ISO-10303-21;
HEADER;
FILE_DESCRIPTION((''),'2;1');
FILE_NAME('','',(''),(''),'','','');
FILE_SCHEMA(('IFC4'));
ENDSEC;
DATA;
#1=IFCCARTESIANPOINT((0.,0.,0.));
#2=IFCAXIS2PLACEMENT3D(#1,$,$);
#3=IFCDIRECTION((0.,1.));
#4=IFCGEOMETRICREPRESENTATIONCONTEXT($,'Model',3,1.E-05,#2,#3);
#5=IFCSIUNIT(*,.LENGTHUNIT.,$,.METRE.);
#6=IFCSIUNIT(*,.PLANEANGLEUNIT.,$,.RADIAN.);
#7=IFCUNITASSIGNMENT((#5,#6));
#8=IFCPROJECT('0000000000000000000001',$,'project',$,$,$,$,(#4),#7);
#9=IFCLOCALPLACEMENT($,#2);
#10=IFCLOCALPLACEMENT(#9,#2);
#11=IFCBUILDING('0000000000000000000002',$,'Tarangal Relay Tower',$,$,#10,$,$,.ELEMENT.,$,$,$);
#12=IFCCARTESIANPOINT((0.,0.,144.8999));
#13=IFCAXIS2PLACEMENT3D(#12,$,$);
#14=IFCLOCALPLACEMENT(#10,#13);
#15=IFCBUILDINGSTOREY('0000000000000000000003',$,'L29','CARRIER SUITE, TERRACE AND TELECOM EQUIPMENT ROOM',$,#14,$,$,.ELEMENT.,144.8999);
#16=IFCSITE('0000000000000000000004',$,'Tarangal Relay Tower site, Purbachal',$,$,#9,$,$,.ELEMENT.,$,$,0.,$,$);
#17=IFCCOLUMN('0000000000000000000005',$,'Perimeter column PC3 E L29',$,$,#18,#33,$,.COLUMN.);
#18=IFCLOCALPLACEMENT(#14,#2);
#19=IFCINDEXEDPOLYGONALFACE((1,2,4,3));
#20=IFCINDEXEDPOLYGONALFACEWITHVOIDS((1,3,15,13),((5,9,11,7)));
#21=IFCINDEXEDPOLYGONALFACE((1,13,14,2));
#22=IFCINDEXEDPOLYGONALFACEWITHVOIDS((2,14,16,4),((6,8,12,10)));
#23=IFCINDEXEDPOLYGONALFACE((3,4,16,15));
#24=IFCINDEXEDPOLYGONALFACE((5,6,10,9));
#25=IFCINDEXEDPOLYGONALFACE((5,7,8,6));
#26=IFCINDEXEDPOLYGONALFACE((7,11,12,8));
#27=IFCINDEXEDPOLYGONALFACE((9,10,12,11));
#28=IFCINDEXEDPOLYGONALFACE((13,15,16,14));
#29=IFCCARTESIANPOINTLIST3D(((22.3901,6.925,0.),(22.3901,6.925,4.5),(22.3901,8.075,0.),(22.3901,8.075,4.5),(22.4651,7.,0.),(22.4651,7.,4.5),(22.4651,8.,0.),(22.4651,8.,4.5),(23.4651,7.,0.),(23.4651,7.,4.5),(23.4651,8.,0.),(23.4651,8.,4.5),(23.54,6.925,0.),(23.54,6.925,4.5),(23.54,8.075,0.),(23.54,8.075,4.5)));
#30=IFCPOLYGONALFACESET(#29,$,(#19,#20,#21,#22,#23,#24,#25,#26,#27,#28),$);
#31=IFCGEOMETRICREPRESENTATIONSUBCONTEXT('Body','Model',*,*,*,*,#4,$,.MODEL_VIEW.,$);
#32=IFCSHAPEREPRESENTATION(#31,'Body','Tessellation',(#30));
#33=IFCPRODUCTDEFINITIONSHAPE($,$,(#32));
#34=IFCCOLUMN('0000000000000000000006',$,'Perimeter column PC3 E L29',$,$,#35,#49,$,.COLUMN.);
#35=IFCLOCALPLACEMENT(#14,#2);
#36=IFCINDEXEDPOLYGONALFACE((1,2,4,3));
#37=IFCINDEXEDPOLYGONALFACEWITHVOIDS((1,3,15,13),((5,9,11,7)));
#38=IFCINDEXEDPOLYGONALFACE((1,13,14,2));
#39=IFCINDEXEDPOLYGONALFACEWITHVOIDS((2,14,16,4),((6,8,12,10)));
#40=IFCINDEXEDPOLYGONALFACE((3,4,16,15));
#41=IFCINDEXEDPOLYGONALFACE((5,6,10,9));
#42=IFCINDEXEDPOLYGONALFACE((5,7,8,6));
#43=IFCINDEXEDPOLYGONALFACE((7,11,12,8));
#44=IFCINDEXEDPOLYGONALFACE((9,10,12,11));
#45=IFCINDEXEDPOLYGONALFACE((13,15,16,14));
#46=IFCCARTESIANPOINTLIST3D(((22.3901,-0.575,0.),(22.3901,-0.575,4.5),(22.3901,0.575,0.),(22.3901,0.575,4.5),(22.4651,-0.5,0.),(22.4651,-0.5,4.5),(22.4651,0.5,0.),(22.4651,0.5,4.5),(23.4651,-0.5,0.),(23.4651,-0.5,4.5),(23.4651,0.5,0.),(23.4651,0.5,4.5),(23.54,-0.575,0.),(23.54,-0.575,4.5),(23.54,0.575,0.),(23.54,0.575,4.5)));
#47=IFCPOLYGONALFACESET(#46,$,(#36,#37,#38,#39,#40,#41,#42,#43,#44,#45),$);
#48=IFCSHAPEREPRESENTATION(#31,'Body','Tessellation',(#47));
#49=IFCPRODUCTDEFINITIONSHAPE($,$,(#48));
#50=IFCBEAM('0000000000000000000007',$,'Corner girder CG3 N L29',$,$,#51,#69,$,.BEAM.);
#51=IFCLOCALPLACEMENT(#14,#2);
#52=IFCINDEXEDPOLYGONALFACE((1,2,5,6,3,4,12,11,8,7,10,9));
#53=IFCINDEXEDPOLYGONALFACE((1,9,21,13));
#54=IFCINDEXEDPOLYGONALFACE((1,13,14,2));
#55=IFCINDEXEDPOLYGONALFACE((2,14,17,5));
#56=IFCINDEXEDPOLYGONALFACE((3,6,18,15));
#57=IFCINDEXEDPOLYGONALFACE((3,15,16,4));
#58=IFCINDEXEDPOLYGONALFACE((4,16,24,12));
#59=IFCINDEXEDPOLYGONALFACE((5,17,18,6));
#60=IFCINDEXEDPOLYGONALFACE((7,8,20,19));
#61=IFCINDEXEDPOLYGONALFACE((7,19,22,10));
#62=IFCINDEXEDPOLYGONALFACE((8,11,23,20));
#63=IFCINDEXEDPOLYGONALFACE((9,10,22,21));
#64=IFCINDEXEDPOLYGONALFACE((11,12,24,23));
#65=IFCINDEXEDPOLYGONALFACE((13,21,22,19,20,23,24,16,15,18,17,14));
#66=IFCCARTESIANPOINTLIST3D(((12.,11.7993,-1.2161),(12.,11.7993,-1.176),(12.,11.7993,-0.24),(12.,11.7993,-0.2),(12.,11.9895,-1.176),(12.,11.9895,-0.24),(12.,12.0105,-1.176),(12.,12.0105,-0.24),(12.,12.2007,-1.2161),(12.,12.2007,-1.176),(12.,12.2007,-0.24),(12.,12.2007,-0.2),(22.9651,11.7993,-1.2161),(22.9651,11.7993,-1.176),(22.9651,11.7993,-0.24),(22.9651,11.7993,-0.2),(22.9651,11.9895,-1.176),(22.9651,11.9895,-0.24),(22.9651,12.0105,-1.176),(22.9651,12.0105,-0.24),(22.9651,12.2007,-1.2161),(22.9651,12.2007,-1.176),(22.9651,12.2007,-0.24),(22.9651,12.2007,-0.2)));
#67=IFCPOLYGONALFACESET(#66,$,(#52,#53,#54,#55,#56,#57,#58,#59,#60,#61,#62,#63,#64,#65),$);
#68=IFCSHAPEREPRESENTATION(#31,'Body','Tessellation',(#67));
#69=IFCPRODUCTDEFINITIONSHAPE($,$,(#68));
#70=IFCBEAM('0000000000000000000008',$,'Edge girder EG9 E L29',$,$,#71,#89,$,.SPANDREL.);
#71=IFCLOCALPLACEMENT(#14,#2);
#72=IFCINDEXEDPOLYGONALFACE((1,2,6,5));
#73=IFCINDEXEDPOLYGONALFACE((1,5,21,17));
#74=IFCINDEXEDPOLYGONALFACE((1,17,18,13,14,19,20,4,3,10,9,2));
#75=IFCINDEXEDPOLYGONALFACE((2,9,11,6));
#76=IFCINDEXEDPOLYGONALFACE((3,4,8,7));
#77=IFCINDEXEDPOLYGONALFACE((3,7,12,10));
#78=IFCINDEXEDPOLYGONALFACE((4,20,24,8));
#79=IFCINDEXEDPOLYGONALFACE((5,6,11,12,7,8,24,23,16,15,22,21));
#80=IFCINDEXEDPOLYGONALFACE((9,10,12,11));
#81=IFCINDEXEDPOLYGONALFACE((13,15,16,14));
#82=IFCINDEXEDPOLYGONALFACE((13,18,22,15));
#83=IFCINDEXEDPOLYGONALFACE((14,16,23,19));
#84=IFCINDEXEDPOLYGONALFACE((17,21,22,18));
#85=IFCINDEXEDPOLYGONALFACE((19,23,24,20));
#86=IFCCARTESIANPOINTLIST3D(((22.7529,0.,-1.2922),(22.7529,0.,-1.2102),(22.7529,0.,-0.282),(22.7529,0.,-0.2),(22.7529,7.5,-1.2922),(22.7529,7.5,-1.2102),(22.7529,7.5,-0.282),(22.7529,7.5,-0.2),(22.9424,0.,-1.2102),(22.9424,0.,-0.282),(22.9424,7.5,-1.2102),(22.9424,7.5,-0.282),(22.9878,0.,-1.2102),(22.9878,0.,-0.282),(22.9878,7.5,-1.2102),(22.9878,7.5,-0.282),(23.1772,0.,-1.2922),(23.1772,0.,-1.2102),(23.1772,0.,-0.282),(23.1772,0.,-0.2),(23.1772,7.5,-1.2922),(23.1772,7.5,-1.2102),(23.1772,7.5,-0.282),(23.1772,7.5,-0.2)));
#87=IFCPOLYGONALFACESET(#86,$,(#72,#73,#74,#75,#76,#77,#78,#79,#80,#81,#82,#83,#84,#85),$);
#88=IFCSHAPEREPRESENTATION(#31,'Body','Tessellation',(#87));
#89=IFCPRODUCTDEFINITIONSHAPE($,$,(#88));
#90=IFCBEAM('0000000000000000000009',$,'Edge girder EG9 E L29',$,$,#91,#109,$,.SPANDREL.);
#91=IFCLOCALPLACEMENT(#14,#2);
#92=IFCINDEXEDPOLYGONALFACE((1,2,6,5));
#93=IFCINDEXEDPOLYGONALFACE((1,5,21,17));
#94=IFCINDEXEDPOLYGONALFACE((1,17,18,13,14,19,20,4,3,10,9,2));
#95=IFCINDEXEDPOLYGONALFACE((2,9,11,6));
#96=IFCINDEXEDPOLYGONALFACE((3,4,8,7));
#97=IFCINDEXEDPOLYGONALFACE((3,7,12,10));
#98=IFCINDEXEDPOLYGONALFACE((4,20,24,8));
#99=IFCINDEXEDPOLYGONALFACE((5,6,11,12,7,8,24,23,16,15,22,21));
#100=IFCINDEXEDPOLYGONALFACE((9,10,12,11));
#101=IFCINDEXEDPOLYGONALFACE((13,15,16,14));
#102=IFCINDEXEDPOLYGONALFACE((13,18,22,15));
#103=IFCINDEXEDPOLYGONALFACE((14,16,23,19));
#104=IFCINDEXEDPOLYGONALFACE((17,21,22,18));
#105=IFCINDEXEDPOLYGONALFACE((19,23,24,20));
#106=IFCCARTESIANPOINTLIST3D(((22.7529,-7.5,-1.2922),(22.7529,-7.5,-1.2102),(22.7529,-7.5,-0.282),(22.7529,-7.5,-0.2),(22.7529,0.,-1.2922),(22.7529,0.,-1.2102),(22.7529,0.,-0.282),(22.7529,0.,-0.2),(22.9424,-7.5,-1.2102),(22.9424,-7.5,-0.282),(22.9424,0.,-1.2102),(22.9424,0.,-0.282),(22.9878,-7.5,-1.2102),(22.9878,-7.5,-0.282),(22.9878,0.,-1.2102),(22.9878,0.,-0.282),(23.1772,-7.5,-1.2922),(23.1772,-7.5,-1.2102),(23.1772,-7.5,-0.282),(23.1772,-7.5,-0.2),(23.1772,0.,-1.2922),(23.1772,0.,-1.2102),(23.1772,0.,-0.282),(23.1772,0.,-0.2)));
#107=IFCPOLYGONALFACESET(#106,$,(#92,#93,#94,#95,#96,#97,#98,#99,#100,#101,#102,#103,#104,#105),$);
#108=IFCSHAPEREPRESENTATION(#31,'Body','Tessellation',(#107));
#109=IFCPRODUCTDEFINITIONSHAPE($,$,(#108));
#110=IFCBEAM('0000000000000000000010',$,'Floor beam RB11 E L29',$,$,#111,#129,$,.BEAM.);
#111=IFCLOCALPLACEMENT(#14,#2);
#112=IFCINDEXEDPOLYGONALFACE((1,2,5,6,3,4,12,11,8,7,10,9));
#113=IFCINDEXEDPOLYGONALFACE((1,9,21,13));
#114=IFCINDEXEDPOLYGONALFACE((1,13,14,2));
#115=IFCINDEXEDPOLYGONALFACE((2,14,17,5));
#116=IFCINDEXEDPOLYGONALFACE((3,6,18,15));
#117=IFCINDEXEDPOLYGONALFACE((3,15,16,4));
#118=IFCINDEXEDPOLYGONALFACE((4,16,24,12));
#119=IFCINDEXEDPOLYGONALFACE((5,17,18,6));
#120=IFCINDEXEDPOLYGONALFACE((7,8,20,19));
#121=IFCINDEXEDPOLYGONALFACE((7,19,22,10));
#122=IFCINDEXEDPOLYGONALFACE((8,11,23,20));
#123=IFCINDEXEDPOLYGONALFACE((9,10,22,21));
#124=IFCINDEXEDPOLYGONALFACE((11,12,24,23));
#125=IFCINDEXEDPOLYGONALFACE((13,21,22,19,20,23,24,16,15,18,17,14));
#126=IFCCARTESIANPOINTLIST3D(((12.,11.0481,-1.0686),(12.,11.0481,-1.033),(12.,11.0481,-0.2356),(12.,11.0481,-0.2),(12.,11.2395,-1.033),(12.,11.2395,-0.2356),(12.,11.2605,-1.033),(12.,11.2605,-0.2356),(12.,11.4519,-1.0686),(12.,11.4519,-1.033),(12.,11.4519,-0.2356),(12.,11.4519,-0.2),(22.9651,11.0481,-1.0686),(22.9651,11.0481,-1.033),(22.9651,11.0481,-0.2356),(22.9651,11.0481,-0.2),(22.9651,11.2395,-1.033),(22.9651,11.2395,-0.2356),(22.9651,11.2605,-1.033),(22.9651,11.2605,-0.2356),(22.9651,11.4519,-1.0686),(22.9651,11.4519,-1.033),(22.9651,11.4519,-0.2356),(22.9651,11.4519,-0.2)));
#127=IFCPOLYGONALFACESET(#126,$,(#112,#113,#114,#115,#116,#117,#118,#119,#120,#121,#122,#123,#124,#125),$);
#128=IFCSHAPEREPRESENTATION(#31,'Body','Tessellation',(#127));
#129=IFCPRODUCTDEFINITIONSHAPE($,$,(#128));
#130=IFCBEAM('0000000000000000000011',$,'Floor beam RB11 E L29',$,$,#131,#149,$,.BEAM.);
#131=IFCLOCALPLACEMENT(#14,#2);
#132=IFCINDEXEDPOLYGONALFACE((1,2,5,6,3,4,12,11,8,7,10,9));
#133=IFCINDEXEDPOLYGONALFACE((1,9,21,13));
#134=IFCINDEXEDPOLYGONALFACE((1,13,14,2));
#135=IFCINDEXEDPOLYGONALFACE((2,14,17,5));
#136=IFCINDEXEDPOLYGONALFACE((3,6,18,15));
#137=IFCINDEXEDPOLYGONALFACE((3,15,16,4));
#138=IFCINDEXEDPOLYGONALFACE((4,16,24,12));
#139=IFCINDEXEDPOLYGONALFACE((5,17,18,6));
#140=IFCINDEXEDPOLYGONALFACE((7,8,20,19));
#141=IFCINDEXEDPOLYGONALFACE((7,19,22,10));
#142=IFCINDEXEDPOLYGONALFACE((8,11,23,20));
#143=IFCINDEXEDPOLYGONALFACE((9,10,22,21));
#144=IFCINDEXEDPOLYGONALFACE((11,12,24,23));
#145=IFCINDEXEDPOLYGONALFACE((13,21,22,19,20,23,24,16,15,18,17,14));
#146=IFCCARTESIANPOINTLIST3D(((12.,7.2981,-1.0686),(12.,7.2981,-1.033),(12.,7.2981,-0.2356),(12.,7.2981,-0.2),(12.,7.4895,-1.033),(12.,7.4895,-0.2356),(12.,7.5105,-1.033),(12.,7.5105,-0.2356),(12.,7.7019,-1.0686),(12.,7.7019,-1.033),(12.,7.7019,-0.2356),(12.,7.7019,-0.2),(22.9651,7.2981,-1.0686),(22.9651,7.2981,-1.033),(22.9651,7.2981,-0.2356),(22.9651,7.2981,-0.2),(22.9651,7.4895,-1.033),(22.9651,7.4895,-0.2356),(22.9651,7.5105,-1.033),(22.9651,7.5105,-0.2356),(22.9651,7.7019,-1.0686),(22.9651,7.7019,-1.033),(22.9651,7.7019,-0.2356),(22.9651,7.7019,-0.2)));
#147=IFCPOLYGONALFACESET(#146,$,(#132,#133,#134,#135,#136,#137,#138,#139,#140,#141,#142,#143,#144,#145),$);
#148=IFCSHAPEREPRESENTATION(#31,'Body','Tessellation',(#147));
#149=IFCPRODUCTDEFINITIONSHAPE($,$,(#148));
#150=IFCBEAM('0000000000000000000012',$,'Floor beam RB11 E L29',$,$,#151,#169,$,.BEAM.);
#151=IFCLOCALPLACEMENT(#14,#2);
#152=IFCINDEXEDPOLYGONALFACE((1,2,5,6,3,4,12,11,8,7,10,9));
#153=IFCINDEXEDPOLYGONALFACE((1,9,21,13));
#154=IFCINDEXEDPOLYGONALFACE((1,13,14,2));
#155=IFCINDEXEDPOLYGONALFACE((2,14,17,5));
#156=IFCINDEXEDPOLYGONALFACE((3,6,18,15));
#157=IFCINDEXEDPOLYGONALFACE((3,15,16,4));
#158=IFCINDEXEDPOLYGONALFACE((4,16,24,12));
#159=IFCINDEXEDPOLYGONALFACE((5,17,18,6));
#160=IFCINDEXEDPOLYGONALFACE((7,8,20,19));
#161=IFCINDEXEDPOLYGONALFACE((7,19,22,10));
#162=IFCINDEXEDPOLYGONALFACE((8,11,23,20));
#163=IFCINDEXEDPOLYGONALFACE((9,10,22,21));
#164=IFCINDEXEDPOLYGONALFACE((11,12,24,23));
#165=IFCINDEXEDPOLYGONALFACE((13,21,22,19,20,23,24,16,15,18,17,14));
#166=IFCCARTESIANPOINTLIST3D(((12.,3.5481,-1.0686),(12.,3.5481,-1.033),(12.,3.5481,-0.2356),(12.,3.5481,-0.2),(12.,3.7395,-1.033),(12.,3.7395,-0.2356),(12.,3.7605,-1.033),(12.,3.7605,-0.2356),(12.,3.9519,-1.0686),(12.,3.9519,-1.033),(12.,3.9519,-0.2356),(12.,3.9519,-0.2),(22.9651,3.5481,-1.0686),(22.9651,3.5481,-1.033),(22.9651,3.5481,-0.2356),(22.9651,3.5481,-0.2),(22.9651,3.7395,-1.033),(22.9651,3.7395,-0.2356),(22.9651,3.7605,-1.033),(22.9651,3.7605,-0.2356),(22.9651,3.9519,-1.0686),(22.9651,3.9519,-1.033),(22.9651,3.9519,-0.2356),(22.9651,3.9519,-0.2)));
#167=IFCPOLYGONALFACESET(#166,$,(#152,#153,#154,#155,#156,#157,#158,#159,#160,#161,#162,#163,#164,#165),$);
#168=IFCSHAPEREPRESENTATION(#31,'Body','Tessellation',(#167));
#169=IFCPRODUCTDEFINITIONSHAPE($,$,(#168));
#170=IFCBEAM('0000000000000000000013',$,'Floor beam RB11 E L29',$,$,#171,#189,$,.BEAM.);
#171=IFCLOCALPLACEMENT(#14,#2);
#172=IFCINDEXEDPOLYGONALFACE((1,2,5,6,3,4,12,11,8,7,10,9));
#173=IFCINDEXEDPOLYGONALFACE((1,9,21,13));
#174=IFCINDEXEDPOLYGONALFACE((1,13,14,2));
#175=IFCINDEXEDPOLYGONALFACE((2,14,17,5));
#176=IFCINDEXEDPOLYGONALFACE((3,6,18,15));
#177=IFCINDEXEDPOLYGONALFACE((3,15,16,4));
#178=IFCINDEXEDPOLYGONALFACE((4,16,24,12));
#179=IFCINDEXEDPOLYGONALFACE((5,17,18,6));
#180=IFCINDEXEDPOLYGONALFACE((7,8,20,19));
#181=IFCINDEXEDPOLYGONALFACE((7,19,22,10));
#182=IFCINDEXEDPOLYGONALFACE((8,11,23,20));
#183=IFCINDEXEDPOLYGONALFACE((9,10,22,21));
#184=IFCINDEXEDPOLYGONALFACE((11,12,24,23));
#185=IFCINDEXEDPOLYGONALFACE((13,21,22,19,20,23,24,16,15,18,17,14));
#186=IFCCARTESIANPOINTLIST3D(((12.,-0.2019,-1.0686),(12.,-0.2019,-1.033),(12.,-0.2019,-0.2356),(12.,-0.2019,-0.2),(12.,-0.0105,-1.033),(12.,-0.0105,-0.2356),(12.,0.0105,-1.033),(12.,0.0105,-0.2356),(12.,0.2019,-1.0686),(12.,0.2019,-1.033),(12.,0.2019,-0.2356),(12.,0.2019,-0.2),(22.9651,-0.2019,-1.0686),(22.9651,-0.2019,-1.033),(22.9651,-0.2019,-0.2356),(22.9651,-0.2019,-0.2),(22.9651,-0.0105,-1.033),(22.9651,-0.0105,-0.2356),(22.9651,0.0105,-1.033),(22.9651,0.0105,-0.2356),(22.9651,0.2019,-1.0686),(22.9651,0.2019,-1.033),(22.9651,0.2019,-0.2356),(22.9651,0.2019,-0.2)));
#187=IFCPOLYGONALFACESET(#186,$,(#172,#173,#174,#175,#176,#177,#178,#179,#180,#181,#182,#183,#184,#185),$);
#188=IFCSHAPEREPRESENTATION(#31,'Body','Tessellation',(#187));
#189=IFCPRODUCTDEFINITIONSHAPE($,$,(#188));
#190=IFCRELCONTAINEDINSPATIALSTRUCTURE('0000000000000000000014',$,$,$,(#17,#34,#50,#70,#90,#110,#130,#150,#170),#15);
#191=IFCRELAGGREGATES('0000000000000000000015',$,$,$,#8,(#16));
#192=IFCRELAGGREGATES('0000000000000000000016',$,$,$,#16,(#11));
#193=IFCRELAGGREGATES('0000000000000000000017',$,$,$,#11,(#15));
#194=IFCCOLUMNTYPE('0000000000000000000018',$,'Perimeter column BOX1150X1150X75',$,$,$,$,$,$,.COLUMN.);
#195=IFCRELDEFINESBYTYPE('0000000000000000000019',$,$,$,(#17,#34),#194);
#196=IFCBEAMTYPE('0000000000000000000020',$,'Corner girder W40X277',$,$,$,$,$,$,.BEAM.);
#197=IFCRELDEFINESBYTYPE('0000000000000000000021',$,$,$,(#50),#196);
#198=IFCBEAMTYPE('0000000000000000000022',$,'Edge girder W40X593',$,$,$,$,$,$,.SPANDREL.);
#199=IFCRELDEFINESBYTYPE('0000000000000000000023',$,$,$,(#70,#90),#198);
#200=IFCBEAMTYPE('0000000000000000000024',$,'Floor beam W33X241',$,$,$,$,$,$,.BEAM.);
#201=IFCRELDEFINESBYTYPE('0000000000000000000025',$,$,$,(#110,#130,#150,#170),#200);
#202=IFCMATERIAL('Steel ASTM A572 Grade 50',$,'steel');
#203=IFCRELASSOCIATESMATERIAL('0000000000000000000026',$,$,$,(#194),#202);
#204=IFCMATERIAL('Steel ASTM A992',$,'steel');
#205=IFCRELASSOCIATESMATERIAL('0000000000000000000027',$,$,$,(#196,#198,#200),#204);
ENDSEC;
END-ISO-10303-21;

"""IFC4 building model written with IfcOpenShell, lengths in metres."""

from ifc_helpers import new_model, si_unit, direction, frame, origin, origin_2d, place, context, subcontext, project, spatial, hollow_rectangle, i_section, extrude, material, material_profile, profile_set, type_object, element, save


model = new_model("IFC4")

# Units and contexts
model_context = context("Model", 3, precision=1e-05, world=origin(), true_north=direction((0.0, 1.0)))
body_context = subcontext(model_context, "Body", "Model", "MODEL_VIEW")
ifc_project = project(units=[si_unit("LENGTHUNIT", "METRE"), si_unit("PLANEANGLEUNIT", "RADIAN")], contexts=[model_context])

# Site, building, storey
site_placement = place(None, origin())
site = spatial("IfcSite", under=ifc_project, at=site_placement, Name="Tarangal Relay Tower site, Purbachal", CompositionType="ELEMENT", RefElevation=0.0)
building_placement = place(site_placement, origin())
building = spatial("IfcBuilding", under=site, at=building_placement, Name="Tarangal Relay Tower", CompositionType="ELEMENT")
storey_placement = place(building_placement, frame((0.0, 0.0, 144.8999)))
storey = spatial("IfcBuildingStorey", under=building, at=storey_placement, Name="L29", Description="CARRIER SUITE, TERRACE AND TELECOM EQUIPMENT ROOM", CompositionType="ELEMENT", Elevation=144.8999)

# Columns
ifc_material_1 = material(Name="Steel ASTM A572 Grade 50", Category="steel")
ifc_material_profile_1 = material_profile(ifc_material_1, hollow_rectangle(XDim=1.1499, YDim=1.1499, WallThickness=0.075, at=origin_2d()), Name="BOX1150X1150X75")
ifc_profile_set_1 = profile_set([ifc_material_profile_1], Name="Steel ASTM A572 Grade 50")
column_type = type_object("IfcColumnType", Name="Perimeter column BOX1150X1150X75", PredefinedType="COLUMN", material=ifc_profile_set_1)
for number, where, z_axis, x_axis, name in (
    (1, (22.9651, 7.5, 0.0), (0.0, 0.0, 1.0), (1.0, 0.0, 0.0), "Perimeter column PC3 E L29"),
    (2, (22.9651, 0.0, 0.0), (0.0, 0.0, 1.0), (1.0, 0.0, 0.0), "Perimeter column PC3 E L29"),
):
    element("IfcColumn", number, at=place(storey_placement, frame(where, z_axis=z_axis, x_axis=x_axis)), inside=storey, type_object=column_type, Name=name, PredefinedType="COLUMN", context=body_context, shape_type="SweptSolid", body=[
        extrude(hollow_rectangle(XDim=1.1499, YDim=1.1499, WallThickness=0.075, at=origin_2d()), origin(), (0.0, 0.0, 1.0), 4.5),
    ])

# Beams
ifc_material_2 = material(Name="Steel ASTM A992", Category="steel")
ifc_material_profile_2 = material_profile(ifc_material_2, i_section(OverallWidth=0.4014, OverallDepth=1.0161, WebThickness=0.021, FlangeThickness=0.04, at=origin_2d()), Name="W40X277")
ifc_profile_set_2 = profile_set([ifc_material_profile_2], Name="Steel ASTM A992")
beam_type_1 = type_object("IfcBeamType", Name="Corner girder W40X277", PredefinedType="BEAM", material=ifc_profile_set_2)
beam_placement = place(storey_placement, frame((12.0, 12.0, -0.708), z_axis=(1.0, 0.0, 0.0), x_axis=(0.0, 1.0, 0.0)))
element("IfcBeam", 3, at=beam_placement, inside=storey, type_object=beam_type_1, Name="Corner girder CG3 N L29", PredefinedType="BEAM", context=body_context, shape_type="SweptSolid", body=[
    extrude(i_section(OverallWidth=0.4014, OverallDepth=1.0161, WebThickness=0.021, FlangeThickness=0.04, at=origin_2d()), origin(), (0.0, 0.0, 1.0), 10.9651),
])
ifc_material_profile_3 = material_profile(ifc_material_2, i_section(OverallWidth=0.4243, OverallDepth=1.0923, WebThickness=0.0454, FlangeThickness=0.082, at=origin_2d()), Name="W40X593")
ifc_profile_set_3 = profile_set([ifc_material_profile_3], Name="Steel ASTM A992")
beam_type_2 = type_object("IfcBeamType", Name="Edge girder W40X593", PredefinedType="SPANDREL", material=ifc_profile_set_3)
for number, where, z_axis, x_axis, name in (
    (4, (22.9651, 7.5, -0.7461), (0.0, -1.0, 0.0), (1.0, 0.0, 0.0), "Edge girder EG9 E L29"),
    (5, (22.9651, 0.0, -0.7461), (0.0, -1.0, 0.0), (1.0, 0.0, 0.0), "Edge girder EG9 E L29"),
):
    element("IfcBeam", number, at=place(storey_placement, frame(where, z_axis=z_axis, x_axis=x_axis)), inside=storey, type_object=beam_type_2, Name=name, PredefinedType="SPANDREL", context=body_context, shape_type="SweptSolid", body=[
        extrude(i_section(OverallWidth=0.4243, OverallDepth=1.0923, WebThickness=0.0454, FlangeThickness=0.082, at=origin_2d()), origin(), (0.0, 0.0, 1.0), 7.5),
    ])
ifc_material_profile_4 = material_profile(ifc_material_2, i_section(OverallWidth=0.4038, OverallDepth=0.8687, WebThickness=0.021, FlangeThickness=0.0356, at=origin_2d()), Name="W33X241")
ifc_profile_set_4 = profile_set([ifc_material_profile_4], Name="Steel ASTM A992")
beam_type_3 = type_object("IfcBeamType", Name="Floor beam W33X241", PredefinedType="BEAM", material=ifc_profile_set_4)
for number, where, z_axis, x_axis, name in (
    (6, (12.0, 11.25, -0.6343), (1.0, 0.0, 0.0), (0.0, 1.0, 0.0), "Floor beam RB11 E L29"),
    (7, (12.0, 7.5, -0.6343), (1.0, 0.0, 0.0), (0.0, 1.0, 0.0), "Floor beam RB11 E L29"),
    (8, (12.0, 3.75, -0.6343), (1.0, 0.0, 0.0), (0.0, 1.0, 0.0), "Floor beam RB11 E L29"),
    (9, (12.0, 0.0, -0.6343), (1.0, 0.0, 0.0), (0.0, 1.0, 0.0), "Floor beam RB11 E L29"),
):
    element("IfcBeam", number, at=place(storey_placement, frame(where, z_axis=z_axis, x_axis=x_axis)), inside=storey, type_object=beam_type_3, Name=name, PredefinedType="BEAM", context=body_context, shape_type="SweptSolid", body=[
        extrude(i_section(OverallWidth=0.4038, OverallDepth=0.8687, WebThickness=0.021, FlangeThickness=0.0356, at=origin_2d()), origin(), (0.0, 0.0, 1.0), 10.9651),
    ])

save(model, "model.ifc")
